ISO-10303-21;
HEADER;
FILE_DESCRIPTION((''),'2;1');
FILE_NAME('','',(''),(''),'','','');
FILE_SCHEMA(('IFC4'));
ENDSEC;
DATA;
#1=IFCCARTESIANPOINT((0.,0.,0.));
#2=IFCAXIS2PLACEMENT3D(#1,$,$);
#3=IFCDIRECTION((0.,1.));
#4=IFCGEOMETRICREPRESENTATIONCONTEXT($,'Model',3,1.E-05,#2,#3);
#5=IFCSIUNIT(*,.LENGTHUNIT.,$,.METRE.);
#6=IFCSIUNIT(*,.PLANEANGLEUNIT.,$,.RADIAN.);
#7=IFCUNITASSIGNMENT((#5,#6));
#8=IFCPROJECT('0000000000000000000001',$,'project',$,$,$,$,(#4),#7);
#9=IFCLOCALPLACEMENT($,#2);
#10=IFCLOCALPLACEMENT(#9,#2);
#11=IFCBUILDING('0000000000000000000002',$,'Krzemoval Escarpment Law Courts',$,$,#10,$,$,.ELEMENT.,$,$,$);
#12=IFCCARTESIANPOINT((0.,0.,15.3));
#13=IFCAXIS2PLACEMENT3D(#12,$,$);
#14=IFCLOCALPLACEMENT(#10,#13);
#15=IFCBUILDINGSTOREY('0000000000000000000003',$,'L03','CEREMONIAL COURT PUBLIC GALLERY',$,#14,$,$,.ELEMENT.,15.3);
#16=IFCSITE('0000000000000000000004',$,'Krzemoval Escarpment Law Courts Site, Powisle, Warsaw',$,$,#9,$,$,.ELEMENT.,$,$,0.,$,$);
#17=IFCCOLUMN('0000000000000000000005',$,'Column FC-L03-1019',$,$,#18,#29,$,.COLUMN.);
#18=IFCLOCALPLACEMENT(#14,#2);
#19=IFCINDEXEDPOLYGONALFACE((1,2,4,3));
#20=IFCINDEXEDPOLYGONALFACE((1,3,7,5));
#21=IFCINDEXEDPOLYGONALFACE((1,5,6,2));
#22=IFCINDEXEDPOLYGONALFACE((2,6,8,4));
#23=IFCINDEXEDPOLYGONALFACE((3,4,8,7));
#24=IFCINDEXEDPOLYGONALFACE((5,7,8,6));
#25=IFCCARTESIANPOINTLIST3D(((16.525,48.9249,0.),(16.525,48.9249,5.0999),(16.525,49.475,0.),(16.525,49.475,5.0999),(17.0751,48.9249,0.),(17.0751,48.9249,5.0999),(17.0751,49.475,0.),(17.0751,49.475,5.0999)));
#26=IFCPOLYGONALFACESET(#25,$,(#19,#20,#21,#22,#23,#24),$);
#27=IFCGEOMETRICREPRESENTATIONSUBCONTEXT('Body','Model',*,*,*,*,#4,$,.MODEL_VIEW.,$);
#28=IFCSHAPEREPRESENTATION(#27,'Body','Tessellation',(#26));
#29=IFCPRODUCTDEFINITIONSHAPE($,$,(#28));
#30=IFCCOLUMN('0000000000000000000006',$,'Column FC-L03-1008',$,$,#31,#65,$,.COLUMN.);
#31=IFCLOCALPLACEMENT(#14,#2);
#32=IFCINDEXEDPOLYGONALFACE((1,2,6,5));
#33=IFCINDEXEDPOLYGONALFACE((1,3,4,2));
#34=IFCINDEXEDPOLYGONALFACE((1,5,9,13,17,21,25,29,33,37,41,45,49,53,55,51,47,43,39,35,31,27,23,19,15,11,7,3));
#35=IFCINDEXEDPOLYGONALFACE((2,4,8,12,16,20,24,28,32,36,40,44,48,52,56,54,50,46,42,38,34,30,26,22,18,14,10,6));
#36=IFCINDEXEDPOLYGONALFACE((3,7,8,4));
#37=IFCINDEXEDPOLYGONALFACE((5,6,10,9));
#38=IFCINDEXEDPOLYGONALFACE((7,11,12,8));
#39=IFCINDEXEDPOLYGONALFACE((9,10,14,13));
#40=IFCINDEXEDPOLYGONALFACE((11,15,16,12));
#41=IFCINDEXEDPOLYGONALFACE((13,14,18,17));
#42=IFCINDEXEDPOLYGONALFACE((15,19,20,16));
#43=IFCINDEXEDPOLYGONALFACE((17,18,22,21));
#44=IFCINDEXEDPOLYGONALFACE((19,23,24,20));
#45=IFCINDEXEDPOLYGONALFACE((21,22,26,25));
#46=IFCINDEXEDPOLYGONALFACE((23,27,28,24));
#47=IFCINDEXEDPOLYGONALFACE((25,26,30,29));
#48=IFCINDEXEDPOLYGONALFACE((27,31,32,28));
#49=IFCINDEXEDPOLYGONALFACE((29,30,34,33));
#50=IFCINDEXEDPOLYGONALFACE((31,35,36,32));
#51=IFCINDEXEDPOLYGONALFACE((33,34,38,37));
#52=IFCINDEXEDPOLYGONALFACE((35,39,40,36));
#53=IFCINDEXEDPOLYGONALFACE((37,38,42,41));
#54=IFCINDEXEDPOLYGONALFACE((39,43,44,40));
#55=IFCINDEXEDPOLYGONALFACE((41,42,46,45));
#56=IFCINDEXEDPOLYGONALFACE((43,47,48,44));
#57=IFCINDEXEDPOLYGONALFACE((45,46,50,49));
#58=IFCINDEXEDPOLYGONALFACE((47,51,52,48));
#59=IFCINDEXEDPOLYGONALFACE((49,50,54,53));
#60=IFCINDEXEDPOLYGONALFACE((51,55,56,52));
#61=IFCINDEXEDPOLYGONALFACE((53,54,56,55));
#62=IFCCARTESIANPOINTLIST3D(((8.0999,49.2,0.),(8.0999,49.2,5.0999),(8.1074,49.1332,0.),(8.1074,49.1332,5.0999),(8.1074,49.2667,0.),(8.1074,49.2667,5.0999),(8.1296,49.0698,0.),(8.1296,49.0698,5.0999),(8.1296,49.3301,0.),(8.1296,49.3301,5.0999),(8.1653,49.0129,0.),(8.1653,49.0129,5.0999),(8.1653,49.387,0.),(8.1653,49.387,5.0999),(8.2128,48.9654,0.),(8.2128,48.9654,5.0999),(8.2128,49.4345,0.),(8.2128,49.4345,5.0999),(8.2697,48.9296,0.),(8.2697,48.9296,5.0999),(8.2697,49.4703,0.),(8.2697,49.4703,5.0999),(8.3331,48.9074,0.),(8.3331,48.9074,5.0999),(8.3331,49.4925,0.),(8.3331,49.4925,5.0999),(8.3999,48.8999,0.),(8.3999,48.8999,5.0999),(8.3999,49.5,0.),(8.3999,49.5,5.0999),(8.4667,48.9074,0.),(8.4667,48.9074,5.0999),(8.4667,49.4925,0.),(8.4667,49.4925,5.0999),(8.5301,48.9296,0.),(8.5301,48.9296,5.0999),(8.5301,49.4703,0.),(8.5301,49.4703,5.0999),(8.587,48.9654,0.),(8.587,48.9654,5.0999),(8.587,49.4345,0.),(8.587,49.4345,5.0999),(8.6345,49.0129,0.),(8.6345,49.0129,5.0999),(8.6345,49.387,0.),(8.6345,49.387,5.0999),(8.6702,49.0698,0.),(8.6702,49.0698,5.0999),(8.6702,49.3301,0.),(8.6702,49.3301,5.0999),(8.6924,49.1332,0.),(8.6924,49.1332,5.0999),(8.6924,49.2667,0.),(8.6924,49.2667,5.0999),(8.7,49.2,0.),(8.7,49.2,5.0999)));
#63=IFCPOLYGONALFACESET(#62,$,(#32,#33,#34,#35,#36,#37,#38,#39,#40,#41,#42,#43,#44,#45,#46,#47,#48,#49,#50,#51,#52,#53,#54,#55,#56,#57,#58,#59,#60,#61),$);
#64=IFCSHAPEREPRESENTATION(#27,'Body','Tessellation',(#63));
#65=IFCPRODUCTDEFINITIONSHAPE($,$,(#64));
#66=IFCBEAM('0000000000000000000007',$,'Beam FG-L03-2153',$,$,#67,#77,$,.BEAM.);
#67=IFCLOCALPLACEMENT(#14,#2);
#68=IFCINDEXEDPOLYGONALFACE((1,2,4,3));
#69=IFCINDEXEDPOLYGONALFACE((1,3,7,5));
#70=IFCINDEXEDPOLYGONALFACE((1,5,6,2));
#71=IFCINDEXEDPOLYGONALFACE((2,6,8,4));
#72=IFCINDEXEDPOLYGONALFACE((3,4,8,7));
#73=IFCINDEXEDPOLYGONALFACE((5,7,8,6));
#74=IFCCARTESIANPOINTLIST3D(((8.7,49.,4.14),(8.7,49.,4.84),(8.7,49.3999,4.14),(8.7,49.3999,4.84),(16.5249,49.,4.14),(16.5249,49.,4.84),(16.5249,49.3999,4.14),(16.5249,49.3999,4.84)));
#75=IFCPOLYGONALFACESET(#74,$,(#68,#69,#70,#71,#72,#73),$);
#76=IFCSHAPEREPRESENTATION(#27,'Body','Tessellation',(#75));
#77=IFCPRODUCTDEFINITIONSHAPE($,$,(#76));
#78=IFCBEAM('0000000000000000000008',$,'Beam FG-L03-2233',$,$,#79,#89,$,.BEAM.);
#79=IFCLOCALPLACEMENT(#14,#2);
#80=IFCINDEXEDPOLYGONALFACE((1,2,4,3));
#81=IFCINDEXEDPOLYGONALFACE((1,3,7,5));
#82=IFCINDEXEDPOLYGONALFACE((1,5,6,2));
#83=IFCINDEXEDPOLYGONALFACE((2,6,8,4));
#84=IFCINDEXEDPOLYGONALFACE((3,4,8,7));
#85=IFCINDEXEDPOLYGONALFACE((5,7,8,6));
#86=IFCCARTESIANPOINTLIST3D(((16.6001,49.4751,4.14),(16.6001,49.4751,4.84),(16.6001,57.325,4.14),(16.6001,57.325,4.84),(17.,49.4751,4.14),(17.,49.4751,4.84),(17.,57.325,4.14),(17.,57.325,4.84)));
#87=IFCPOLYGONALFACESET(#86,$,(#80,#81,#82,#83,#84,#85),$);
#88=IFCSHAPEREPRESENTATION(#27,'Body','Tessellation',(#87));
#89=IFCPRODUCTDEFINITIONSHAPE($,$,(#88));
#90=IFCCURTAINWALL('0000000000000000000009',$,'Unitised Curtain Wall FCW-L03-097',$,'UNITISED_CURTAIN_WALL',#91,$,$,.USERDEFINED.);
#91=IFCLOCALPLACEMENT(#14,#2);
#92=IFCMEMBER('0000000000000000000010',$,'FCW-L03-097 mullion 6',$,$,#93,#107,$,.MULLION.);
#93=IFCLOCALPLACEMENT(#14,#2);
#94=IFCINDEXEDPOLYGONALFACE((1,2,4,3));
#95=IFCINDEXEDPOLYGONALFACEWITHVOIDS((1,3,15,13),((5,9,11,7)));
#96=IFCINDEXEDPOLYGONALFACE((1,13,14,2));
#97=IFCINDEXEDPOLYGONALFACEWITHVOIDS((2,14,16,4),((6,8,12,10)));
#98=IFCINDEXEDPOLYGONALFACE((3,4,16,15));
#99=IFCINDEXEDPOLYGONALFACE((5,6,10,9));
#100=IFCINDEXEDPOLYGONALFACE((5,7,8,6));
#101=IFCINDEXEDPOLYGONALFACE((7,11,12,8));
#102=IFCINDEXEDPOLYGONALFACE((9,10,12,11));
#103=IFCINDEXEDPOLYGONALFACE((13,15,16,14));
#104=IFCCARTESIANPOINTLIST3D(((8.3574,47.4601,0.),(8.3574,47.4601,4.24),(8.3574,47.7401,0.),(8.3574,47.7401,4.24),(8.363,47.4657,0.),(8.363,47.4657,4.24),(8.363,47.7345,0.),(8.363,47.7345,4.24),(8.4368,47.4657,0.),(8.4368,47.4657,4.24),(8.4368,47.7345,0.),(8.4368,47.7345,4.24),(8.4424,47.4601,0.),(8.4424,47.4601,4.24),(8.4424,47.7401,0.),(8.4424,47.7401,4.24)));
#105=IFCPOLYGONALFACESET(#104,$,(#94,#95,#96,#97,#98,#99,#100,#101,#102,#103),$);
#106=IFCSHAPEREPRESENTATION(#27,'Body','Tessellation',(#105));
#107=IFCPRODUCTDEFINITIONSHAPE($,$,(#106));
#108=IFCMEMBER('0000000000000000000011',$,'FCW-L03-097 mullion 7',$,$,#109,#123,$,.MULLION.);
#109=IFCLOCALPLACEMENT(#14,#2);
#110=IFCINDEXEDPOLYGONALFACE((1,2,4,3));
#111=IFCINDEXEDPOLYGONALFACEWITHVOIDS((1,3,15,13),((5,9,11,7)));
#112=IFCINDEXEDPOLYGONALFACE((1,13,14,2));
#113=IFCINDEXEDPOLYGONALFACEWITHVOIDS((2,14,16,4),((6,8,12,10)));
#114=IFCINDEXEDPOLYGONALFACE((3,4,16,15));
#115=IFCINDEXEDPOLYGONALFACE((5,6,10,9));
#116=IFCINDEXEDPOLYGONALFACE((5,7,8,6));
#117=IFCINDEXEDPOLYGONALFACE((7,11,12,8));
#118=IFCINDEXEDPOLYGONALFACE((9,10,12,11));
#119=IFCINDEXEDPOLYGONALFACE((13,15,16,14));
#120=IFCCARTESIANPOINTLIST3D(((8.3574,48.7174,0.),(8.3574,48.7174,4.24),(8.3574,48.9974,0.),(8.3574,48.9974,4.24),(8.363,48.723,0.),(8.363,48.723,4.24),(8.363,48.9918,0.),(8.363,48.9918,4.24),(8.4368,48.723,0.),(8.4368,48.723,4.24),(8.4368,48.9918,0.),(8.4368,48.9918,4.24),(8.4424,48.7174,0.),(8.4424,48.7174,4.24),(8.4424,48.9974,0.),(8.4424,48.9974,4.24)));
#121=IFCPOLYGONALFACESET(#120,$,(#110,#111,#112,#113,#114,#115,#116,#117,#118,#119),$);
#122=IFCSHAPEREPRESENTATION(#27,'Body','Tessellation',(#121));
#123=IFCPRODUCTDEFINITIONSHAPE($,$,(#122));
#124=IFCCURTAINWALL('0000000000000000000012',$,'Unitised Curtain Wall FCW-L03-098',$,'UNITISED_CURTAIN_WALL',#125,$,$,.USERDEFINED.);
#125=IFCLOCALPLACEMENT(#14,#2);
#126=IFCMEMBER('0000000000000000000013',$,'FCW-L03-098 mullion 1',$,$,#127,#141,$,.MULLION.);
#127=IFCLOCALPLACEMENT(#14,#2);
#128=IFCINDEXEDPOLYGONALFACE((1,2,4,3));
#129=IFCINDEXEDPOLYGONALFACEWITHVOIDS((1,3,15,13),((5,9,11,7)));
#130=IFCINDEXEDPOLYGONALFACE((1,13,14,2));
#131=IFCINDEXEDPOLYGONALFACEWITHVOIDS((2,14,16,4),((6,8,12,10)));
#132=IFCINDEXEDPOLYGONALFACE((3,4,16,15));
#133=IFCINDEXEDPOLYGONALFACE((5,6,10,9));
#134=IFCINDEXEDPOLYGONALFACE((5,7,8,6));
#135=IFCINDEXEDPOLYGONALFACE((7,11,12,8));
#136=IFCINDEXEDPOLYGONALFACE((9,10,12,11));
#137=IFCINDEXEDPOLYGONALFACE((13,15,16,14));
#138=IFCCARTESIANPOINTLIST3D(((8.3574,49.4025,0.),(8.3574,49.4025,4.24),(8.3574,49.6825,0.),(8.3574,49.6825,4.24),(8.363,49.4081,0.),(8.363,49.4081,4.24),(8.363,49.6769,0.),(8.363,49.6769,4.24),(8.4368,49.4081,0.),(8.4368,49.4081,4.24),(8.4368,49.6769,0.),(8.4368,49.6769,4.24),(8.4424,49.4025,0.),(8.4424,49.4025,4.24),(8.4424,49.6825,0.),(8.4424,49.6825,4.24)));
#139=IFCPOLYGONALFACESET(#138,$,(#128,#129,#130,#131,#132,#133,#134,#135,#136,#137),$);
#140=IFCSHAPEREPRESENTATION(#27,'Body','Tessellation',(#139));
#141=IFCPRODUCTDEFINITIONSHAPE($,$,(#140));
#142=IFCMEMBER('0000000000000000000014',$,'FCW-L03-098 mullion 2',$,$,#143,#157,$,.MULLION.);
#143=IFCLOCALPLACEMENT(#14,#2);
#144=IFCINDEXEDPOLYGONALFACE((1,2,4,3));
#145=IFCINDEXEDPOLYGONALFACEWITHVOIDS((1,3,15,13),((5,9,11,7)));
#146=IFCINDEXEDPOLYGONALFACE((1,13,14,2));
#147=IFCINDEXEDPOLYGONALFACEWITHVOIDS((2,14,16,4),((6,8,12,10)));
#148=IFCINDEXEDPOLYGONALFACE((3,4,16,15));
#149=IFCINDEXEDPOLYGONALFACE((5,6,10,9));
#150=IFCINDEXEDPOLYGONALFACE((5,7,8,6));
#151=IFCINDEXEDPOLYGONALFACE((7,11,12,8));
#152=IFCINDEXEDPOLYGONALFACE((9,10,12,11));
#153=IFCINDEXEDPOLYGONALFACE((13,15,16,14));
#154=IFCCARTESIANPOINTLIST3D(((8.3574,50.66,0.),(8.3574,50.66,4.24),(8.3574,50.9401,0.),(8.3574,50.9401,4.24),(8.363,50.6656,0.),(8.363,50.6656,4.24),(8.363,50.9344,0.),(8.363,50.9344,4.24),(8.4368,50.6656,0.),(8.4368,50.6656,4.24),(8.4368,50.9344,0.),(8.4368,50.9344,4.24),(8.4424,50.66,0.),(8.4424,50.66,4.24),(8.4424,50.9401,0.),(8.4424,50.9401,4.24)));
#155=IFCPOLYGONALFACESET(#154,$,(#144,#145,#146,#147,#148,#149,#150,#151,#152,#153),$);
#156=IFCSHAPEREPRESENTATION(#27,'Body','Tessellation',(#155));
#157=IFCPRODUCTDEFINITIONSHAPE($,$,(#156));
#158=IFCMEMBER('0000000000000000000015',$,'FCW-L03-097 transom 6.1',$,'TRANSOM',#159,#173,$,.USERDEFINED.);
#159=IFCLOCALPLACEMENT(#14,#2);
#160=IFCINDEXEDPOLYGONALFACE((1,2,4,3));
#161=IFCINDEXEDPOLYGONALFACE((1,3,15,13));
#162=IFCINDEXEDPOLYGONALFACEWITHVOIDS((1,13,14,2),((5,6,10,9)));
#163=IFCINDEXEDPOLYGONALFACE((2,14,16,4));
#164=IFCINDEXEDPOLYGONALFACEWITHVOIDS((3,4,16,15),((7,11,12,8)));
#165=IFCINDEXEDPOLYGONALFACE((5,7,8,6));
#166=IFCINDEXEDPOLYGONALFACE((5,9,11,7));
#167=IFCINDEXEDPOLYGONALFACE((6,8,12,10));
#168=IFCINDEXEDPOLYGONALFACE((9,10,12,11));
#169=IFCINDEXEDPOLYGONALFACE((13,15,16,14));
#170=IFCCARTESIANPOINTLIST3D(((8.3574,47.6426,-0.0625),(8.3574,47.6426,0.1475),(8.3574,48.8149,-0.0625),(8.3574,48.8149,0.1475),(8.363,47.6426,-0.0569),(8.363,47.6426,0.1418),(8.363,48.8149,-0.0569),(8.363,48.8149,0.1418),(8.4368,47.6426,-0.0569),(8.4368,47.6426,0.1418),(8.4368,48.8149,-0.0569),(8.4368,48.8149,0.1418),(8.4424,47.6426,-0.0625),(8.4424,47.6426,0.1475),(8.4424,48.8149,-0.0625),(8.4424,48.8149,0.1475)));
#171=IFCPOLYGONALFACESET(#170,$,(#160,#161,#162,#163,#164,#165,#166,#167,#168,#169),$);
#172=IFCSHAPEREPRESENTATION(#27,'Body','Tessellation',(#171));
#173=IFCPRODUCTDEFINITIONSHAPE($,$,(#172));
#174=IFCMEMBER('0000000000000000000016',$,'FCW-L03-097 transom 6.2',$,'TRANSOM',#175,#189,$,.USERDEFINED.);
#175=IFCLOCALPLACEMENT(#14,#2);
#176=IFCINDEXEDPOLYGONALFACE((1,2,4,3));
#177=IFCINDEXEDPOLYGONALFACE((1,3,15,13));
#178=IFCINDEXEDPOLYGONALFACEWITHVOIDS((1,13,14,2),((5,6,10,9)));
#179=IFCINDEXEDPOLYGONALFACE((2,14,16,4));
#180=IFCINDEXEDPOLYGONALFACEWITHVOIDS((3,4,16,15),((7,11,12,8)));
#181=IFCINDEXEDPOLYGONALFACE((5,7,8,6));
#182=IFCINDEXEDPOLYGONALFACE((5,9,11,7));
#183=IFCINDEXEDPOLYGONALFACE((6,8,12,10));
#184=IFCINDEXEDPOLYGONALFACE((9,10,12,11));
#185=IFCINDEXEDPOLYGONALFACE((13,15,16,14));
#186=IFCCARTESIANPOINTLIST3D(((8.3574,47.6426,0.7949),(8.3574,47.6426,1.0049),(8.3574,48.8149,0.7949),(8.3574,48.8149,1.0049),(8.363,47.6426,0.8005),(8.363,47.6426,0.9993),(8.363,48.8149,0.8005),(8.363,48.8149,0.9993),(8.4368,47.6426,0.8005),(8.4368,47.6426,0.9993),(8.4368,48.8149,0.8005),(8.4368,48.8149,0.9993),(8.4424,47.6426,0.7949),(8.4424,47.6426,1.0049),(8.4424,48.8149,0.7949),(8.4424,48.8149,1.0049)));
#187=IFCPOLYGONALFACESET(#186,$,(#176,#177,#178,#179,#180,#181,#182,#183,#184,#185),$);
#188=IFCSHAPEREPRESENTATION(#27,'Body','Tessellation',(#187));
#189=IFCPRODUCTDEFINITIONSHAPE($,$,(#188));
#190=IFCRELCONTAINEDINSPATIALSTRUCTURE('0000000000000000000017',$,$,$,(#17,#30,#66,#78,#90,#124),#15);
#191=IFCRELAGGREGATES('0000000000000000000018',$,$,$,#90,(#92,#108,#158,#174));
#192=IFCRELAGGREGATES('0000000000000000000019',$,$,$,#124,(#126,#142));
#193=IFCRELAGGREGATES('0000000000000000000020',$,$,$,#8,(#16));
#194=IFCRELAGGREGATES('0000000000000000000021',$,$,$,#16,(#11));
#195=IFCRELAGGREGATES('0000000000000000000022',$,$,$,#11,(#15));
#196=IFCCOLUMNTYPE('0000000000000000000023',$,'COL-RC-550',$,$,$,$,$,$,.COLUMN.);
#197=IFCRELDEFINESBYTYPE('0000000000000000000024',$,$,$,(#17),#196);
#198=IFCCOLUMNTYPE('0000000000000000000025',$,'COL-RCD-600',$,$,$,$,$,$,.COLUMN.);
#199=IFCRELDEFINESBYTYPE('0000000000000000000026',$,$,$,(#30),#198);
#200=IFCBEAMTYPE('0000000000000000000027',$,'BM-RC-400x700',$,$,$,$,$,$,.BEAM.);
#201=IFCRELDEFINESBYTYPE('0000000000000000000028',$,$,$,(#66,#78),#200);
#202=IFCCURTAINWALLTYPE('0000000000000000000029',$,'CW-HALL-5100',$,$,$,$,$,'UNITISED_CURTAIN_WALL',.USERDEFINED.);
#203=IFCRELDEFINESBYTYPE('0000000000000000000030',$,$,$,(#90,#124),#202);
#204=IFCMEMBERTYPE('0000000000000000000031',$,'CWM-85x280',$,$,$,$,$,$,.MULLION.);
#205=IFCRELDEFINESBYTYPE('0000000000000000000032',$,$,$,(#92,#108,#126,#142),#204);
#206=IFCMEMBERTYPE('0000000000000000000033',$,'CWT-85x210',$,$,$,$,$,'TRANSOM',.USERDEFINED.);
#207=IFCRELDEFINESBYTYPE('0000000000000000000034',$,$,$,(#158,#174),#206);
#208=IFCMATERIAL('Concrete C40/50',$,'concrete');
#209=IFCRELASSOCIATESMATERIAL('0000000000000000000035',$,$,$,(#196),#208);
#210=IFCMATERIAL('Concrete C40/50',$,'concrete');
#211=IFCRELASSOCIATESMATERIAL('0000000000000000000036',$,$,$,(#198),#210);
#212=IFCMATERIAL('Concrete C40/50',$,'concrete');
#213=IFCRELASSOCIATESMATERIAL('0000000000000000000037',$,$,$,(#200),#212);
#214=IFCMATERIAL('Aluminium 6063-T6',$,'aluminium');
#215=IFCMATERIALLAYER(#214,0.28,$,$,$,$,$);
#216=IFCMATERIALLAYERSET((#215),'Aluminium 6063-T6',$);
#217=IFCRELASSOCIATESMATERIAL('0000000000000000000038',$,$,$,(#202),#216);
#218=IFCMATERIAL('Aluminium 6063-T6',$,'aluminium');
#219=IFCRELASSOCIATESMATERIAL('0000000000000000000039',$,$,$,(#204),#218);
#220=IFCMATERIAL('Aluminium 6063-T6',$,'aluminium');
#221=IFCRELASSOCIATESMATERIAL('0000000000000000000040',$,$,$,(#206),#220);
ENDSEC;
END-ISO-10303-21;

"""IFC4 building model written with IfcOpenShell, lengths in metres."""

from ifc_helpers import new_model, si_unit, direction, frame, origin, origin_2d, place, context, subcontext, project, spatial, rectangle, hollow_rectangle, circle, extrude, material, layer, layer_set, material_profile, profile_set, type_object, element, aggregate, save


model = new_model("IFC4")

# Units and contexts
model_context = context("Model", 3, precision=1e-05, world=origin(), true_north=direction((0.0, 1.0)))
body_context = subcontext(model_context, "Body", "Model", "MODEL_VIEW")
ifc_project = project(units=[si_unit("LENGTHUNIT", "METRE"), si_unit("PLANEANGLEUNIT", "RADIAN")], contexts=[model_context])

# Site, building, storey
site_placement = place(None, origin())
site = spatial("IfcSite", under=ifc_project, at=site_placement, Name="Krzemoval Escarpment Law Courts Site, Powisle, Warsaw", CompositionType="ELEMENT", RefElevation=0.0)
building_placement = place(site_placement, origin())
building = spatial("IfcBuilding", under=site, at=building_placement, Name="Krzemoval Escarpment Law Courts", CompositionType="ELEMENT")
storey_placement = place(building_placement, frame((0.0, 0.0, 15.3)))
storey = spatial("IfcBuildingStorey", under=building, at=storey_placement, Name="L03", Description="CEREMONIAL COURT PUBLIC GALLERY", CompositionType="ELEMENT", Elevation=15.3)

# Columns
ifc_material_1 = material(Name="Concrete C40/50", Category="concrete")
ifc_material_profile_1 = material_profile(ifc_material_1, rectangle(XDim=0.55, YDim=0.55, at=origin_2d()), Name="RC 550x550")
ifc_profile_set_1 = profile_set([ifc_material_profile_1], Name="Concrete C40/50")
column_type_1 = type_object("IfcColumnType", Name="COL-RC-550", PredefinedType="COLUMN", material=ifc_profile_set_1)
column_1_placement = place(storey_placement, frame((16.8, 49.2, 0.0), z_axis=(0.0, 0.0, 1.0), x_axis=(1.0, 0.0, 0.0)))
element("IfcColumn", 1, at=column_1_placement, inside=storey, type_object=column_type_1, Name="Column FC-L03-1019", PredefinedType="COLUMN", context=body_context, shape_type="SweptSolid", body=[
    extrude(rectangle(XDim=0.55, YDim=0.55, at=origin_2d()), origin(), (0.0, 0.0, 1.0), 5.0999),
])
ifc_material_2 = material(Name="Concrete C40/50", Category="concrete")
ifc_material_profile_2 = material_profile(ifc_material_2, circle(Radius=0.3, at=origin_2d()), Name="RC D600")
ifc_profile_set_2 = profile_set([ifc_material_profile_2], Name="Concrete C40/50")
column_type_2 = type_object("IfcColumnType", Name="COL-RCD-600", PredefinedType="COLUMN", material=ifc_profile_set_2)
column_2_placement = place(storey_placement, frame((8.3999, 49.2, 0.0), z_axis=(0.0, 0.0, 1.0), x_axis=(1.0, 0.0, 0.0)))
element("IfcColumn", 2, at=column_2_placement, inside=storey, type_object=column_type_2, Name="Column FC-L03-1008", PredefinedType="COLUMN", context=body_context, shape_type="SweptSolid", body=[
    extrude(circle(Radius=0.3, at=origin_2d()), origin(), (0.0, 0.0, 1.0), 5.0999),
])

# Beams
ifc_material_3 = material(Name="Concrete C40/50", Category="concrete")
ifc_material_profile_3 = material_profile(ifc_material_3, rectangle(XDim=0.3999, YDim=0.7, at=origin_2d()), Name="RCB 400x700")
ifc_profile_set_3 = profile_set([ifc_material_profile_3], Name="Concrete C40/50")
beam_type_1 = type_object("IfcBeamType", Name="BM-RC-400x700", PredefinedType="BEAM", material=ifc_profile_set_3)
beam_1_placement = place(storey_placement, frame((8.7, 49.2, 4.49), z_axis=(1.0, 0.0, 0.0), x_axis=(0.0, 1.0, 0.0)))
element("IfcBeam", 3, at=beam_1_placement, inside=storey, type_object=beam_type_1, Name="Beam FG-L03-2153", PredefinedType="BEAM", context=body_context, shape_type="SweptSolid", body=[
    extrude(rectangle(XDim=0.3999, YDim=0.7, at=origin_2d()), origin(), (0.0, 0.0, 1.0), 7.825),
])
beam_2_placement = place(storey_placement, frame((16.8, 49.4751, 4.49), z_axis=(0.0, 1.0, 0.0), x_axis=(-1.0, 0.0, 0.0)))
element("IfcBeam", 4, at=beam_2_placement, inside=storey, type_object=beam_type_1, Name="Beam FG-L03-2233", PredefinedType="BEAM", context=body_context, shape_type="SweptSolid", body=[
    extrude(rectangle(XDim=0.3999, YDim=0.7, at=origin_2d()), origin(), (0.0, 0.0, 1.0), 7.8499),
])

# Curtain walls, members
ifc_material_4 = material(Name="Aluminium 6063-T6", Category="aluminium")
ifc_layer_1 = layer(ifc_material_4, 0.28)
ifc_layer_set_1 = layer_set([ifc_layer_1], Name="Aluminium 6063-T6")
curtain_wall_type = type_object("IfcCurtainWallType", Name="CW-HALL-5100", ElementType="UNITISED_CURTAIN_WALL", PredefinedType="USERDEFINED", material=ifc_layer_set_1)
curtain_wall_1_placement = place(storey_placement, origin())
curtain_wall_1 = element("IfcCurtainWall", 5, at=curtain_wall_1_placement, inside=storey, type_object=curtain_wall_type, Name="Unitised Curtain Wall FCW-L03-097", ObjectType="UNITISED_CURTAIN_WALL", PredefinedType="USERDEFINED")
ifc_material_5 = material(Name="Aluminium 6063-T6", Category="aluminium")
ifc_material_profile_4 = material_profile(ifc_material_5, hollow_rectangle(XDim=0.085, YDim=0.28, WallThickness=0.0056, at=origin_2d()), Name="ALU M85x280")
ifc_profile_set_4 = profile_set([ifc_material_profile_4], Name="Aluminium 6063-T6")
member_type_1 = type_object("IfcMemberType", Name="CWM-85x280", PredefinedType="MULLION", material=ifc_profile_set_4)
member_1_placement = place(storey_placement, frame((8.3999, 47.6001, 0.0), z_axis=(0.0, 0.0, 1.0), x_axis=(-1.0, 0.0, 0.0)))
member_1 = element("IfcMember", 6, at=member_1_placement, type_object=member_type_1, Name="FCW-L03-097 mullion 6", PredefinedType="MULLION", context=body_context, shape_type="SweptSolid", body=[
    extrude(hollow_rectangle(XDim=0.085, YDim=0.28, WallThickness=0.0056, at=origin_2d()), origin(), (0.0, 0.0, 1.0), 4.24),
])
member_2_placement = place(storey_placement, frame((8.3999, 48.8574, 0.0), z_axis=(0.0, 0.0, 1.0), x_axis=(-1.0, 0.0, 0.0)))
member_2 = element("IfcMember", 7, at=member_2_placement, type_object=member_type_1, Name="FCW-L03-097 mullion 7", PredefinedType="MULLION", context=body_context, shape_type="SweptSolid", body=[
    extrude(hollow_rectangle(XDim=0.085, YDim=0.28, WallThickness=0.0056, at=origin_2d()), origin(), (0.0, 0.0, 1.0), 4.24),
])
curtain_wall_2_placement = place(storey_placement, origin())
curtain_wall_2 = element("IfcCurtainWall", 8, at=curtain_wall_2_placement, inside=storey, type_object=curtain_wall_type, Name="Unitised Curtain Wall FCW-L03-098", ObjectType="UNITISED_CURTAIN_WALL", PredefinedType="USERDEFINED")
member_3_placement = place(storey_placement, frame((8.3999, 49.5425, 0.0), z_axis=(0.0, 0.0, 1.0), x_axis=(-1.0, 0.0, 0.0)))
member_3 = element("IfcMember", 9, at=member_3_placement, type_object=member_type_1, Name="FCW-L03-098 mullion 1", PredefinedType="MULLION", context=body_context, shape_type="SweptSolid", body=[
    extrude(hollow_rectangle(XDim=0.085, YDim=0.28, WallThickness=0.0056, at=origin_2d()), origin(), (0.0, 0.0, 1.0), 4.24),
])
member_4_placement = place(storey_placement, frame((8.3999, 50.8, 0.0), z_axis=(0.0, 0.0, 1.0), x_axis=(-1.0, 0.0, 0.0)))
member_4 = element("IfcMember", 10, at=member_4_placement, type_object=member_type_1, Name="FCW-L03-098 mullion 2", PredefinedType="MULLION", context=body_context, shape_type="SweptSolid", body=[
    extrude(hollow_rectangle(XDim=0.085, YDim=0.28, WallThickness=0.0056, at=origin_2d()), origin(), (0.0, 0.0, 1.0), 4.24),
])

# Members
ifc_material_6 = material(Name="Aluminium 6063-T6", Category="aluminium")
ifc_material_profile_5 = material_profile(ifc_material_6, hollow_rectangle(XDim=0.085, YDim=0.21, WallThickness=0.0056, at=origin_2d()), Name="ALU T85x210")
ifc_profile_set_5 = profile_set([ifc_material_profile_5], Name="Aluminium 6063-T6")
member_type_2 = type_object("IfcMemberType", Name="CWT-85x210", ElementType="TRANSOM", PredefinedType="USERDEFINED", material=ifc_profile_set_5)
member_5_placement = place(storey_placement, frame((8.3999, 47.6426, 0.0425), z_axis=(0.0, 1.0, 0.0), x_axis=(-1.0, 0.0, 0.0)))
member_5 = element("IfcMember", 11, at=member_5_placement, type_object=member_type_2, Name="FCW-L03-097 transom 6.1", ObjectType="TRANSOM", PredefinedType="USERDEFINED", context=body_context, shape_type="SweptSolid", body=[
    extrude(hollow_rectangle(XDim=0.085, YDim=0.21, WallThickness=0.0056, at=origin_2d()), origin(), (0.0, 0.0, 1.0), 1.1724),
])
member_6_placement = place(storey_placement, frame((8.3999, 47.6426, 0.8999), z_axis=(0.0, 1.0, 0.0), x_axis=(-1.0, 0.0, 0.0)))
member_6 = element("IfcMember", 12, at=member_6_placement, type_object=member_type_2, Name="FCW-L03-097 transom 6.2", ObjectType="TRANSOM", PredefinedType="USERDEFINED", context=body_context, shape_type="SweptSolid", body=[
    extrude(hollow_rectangle(XDim=0.085, YDim=0.21, WallThickness=0.0056, at=origin_2d()), origin(), (0.0, 0.0, 1.0), 1.1724),
])

aggregate(curtain_wall_1, [member_1, member_2, member_5, member_6])
aggregate(curtain_wall_2, [member_3, member_4])

save(model, "model.ifc")
